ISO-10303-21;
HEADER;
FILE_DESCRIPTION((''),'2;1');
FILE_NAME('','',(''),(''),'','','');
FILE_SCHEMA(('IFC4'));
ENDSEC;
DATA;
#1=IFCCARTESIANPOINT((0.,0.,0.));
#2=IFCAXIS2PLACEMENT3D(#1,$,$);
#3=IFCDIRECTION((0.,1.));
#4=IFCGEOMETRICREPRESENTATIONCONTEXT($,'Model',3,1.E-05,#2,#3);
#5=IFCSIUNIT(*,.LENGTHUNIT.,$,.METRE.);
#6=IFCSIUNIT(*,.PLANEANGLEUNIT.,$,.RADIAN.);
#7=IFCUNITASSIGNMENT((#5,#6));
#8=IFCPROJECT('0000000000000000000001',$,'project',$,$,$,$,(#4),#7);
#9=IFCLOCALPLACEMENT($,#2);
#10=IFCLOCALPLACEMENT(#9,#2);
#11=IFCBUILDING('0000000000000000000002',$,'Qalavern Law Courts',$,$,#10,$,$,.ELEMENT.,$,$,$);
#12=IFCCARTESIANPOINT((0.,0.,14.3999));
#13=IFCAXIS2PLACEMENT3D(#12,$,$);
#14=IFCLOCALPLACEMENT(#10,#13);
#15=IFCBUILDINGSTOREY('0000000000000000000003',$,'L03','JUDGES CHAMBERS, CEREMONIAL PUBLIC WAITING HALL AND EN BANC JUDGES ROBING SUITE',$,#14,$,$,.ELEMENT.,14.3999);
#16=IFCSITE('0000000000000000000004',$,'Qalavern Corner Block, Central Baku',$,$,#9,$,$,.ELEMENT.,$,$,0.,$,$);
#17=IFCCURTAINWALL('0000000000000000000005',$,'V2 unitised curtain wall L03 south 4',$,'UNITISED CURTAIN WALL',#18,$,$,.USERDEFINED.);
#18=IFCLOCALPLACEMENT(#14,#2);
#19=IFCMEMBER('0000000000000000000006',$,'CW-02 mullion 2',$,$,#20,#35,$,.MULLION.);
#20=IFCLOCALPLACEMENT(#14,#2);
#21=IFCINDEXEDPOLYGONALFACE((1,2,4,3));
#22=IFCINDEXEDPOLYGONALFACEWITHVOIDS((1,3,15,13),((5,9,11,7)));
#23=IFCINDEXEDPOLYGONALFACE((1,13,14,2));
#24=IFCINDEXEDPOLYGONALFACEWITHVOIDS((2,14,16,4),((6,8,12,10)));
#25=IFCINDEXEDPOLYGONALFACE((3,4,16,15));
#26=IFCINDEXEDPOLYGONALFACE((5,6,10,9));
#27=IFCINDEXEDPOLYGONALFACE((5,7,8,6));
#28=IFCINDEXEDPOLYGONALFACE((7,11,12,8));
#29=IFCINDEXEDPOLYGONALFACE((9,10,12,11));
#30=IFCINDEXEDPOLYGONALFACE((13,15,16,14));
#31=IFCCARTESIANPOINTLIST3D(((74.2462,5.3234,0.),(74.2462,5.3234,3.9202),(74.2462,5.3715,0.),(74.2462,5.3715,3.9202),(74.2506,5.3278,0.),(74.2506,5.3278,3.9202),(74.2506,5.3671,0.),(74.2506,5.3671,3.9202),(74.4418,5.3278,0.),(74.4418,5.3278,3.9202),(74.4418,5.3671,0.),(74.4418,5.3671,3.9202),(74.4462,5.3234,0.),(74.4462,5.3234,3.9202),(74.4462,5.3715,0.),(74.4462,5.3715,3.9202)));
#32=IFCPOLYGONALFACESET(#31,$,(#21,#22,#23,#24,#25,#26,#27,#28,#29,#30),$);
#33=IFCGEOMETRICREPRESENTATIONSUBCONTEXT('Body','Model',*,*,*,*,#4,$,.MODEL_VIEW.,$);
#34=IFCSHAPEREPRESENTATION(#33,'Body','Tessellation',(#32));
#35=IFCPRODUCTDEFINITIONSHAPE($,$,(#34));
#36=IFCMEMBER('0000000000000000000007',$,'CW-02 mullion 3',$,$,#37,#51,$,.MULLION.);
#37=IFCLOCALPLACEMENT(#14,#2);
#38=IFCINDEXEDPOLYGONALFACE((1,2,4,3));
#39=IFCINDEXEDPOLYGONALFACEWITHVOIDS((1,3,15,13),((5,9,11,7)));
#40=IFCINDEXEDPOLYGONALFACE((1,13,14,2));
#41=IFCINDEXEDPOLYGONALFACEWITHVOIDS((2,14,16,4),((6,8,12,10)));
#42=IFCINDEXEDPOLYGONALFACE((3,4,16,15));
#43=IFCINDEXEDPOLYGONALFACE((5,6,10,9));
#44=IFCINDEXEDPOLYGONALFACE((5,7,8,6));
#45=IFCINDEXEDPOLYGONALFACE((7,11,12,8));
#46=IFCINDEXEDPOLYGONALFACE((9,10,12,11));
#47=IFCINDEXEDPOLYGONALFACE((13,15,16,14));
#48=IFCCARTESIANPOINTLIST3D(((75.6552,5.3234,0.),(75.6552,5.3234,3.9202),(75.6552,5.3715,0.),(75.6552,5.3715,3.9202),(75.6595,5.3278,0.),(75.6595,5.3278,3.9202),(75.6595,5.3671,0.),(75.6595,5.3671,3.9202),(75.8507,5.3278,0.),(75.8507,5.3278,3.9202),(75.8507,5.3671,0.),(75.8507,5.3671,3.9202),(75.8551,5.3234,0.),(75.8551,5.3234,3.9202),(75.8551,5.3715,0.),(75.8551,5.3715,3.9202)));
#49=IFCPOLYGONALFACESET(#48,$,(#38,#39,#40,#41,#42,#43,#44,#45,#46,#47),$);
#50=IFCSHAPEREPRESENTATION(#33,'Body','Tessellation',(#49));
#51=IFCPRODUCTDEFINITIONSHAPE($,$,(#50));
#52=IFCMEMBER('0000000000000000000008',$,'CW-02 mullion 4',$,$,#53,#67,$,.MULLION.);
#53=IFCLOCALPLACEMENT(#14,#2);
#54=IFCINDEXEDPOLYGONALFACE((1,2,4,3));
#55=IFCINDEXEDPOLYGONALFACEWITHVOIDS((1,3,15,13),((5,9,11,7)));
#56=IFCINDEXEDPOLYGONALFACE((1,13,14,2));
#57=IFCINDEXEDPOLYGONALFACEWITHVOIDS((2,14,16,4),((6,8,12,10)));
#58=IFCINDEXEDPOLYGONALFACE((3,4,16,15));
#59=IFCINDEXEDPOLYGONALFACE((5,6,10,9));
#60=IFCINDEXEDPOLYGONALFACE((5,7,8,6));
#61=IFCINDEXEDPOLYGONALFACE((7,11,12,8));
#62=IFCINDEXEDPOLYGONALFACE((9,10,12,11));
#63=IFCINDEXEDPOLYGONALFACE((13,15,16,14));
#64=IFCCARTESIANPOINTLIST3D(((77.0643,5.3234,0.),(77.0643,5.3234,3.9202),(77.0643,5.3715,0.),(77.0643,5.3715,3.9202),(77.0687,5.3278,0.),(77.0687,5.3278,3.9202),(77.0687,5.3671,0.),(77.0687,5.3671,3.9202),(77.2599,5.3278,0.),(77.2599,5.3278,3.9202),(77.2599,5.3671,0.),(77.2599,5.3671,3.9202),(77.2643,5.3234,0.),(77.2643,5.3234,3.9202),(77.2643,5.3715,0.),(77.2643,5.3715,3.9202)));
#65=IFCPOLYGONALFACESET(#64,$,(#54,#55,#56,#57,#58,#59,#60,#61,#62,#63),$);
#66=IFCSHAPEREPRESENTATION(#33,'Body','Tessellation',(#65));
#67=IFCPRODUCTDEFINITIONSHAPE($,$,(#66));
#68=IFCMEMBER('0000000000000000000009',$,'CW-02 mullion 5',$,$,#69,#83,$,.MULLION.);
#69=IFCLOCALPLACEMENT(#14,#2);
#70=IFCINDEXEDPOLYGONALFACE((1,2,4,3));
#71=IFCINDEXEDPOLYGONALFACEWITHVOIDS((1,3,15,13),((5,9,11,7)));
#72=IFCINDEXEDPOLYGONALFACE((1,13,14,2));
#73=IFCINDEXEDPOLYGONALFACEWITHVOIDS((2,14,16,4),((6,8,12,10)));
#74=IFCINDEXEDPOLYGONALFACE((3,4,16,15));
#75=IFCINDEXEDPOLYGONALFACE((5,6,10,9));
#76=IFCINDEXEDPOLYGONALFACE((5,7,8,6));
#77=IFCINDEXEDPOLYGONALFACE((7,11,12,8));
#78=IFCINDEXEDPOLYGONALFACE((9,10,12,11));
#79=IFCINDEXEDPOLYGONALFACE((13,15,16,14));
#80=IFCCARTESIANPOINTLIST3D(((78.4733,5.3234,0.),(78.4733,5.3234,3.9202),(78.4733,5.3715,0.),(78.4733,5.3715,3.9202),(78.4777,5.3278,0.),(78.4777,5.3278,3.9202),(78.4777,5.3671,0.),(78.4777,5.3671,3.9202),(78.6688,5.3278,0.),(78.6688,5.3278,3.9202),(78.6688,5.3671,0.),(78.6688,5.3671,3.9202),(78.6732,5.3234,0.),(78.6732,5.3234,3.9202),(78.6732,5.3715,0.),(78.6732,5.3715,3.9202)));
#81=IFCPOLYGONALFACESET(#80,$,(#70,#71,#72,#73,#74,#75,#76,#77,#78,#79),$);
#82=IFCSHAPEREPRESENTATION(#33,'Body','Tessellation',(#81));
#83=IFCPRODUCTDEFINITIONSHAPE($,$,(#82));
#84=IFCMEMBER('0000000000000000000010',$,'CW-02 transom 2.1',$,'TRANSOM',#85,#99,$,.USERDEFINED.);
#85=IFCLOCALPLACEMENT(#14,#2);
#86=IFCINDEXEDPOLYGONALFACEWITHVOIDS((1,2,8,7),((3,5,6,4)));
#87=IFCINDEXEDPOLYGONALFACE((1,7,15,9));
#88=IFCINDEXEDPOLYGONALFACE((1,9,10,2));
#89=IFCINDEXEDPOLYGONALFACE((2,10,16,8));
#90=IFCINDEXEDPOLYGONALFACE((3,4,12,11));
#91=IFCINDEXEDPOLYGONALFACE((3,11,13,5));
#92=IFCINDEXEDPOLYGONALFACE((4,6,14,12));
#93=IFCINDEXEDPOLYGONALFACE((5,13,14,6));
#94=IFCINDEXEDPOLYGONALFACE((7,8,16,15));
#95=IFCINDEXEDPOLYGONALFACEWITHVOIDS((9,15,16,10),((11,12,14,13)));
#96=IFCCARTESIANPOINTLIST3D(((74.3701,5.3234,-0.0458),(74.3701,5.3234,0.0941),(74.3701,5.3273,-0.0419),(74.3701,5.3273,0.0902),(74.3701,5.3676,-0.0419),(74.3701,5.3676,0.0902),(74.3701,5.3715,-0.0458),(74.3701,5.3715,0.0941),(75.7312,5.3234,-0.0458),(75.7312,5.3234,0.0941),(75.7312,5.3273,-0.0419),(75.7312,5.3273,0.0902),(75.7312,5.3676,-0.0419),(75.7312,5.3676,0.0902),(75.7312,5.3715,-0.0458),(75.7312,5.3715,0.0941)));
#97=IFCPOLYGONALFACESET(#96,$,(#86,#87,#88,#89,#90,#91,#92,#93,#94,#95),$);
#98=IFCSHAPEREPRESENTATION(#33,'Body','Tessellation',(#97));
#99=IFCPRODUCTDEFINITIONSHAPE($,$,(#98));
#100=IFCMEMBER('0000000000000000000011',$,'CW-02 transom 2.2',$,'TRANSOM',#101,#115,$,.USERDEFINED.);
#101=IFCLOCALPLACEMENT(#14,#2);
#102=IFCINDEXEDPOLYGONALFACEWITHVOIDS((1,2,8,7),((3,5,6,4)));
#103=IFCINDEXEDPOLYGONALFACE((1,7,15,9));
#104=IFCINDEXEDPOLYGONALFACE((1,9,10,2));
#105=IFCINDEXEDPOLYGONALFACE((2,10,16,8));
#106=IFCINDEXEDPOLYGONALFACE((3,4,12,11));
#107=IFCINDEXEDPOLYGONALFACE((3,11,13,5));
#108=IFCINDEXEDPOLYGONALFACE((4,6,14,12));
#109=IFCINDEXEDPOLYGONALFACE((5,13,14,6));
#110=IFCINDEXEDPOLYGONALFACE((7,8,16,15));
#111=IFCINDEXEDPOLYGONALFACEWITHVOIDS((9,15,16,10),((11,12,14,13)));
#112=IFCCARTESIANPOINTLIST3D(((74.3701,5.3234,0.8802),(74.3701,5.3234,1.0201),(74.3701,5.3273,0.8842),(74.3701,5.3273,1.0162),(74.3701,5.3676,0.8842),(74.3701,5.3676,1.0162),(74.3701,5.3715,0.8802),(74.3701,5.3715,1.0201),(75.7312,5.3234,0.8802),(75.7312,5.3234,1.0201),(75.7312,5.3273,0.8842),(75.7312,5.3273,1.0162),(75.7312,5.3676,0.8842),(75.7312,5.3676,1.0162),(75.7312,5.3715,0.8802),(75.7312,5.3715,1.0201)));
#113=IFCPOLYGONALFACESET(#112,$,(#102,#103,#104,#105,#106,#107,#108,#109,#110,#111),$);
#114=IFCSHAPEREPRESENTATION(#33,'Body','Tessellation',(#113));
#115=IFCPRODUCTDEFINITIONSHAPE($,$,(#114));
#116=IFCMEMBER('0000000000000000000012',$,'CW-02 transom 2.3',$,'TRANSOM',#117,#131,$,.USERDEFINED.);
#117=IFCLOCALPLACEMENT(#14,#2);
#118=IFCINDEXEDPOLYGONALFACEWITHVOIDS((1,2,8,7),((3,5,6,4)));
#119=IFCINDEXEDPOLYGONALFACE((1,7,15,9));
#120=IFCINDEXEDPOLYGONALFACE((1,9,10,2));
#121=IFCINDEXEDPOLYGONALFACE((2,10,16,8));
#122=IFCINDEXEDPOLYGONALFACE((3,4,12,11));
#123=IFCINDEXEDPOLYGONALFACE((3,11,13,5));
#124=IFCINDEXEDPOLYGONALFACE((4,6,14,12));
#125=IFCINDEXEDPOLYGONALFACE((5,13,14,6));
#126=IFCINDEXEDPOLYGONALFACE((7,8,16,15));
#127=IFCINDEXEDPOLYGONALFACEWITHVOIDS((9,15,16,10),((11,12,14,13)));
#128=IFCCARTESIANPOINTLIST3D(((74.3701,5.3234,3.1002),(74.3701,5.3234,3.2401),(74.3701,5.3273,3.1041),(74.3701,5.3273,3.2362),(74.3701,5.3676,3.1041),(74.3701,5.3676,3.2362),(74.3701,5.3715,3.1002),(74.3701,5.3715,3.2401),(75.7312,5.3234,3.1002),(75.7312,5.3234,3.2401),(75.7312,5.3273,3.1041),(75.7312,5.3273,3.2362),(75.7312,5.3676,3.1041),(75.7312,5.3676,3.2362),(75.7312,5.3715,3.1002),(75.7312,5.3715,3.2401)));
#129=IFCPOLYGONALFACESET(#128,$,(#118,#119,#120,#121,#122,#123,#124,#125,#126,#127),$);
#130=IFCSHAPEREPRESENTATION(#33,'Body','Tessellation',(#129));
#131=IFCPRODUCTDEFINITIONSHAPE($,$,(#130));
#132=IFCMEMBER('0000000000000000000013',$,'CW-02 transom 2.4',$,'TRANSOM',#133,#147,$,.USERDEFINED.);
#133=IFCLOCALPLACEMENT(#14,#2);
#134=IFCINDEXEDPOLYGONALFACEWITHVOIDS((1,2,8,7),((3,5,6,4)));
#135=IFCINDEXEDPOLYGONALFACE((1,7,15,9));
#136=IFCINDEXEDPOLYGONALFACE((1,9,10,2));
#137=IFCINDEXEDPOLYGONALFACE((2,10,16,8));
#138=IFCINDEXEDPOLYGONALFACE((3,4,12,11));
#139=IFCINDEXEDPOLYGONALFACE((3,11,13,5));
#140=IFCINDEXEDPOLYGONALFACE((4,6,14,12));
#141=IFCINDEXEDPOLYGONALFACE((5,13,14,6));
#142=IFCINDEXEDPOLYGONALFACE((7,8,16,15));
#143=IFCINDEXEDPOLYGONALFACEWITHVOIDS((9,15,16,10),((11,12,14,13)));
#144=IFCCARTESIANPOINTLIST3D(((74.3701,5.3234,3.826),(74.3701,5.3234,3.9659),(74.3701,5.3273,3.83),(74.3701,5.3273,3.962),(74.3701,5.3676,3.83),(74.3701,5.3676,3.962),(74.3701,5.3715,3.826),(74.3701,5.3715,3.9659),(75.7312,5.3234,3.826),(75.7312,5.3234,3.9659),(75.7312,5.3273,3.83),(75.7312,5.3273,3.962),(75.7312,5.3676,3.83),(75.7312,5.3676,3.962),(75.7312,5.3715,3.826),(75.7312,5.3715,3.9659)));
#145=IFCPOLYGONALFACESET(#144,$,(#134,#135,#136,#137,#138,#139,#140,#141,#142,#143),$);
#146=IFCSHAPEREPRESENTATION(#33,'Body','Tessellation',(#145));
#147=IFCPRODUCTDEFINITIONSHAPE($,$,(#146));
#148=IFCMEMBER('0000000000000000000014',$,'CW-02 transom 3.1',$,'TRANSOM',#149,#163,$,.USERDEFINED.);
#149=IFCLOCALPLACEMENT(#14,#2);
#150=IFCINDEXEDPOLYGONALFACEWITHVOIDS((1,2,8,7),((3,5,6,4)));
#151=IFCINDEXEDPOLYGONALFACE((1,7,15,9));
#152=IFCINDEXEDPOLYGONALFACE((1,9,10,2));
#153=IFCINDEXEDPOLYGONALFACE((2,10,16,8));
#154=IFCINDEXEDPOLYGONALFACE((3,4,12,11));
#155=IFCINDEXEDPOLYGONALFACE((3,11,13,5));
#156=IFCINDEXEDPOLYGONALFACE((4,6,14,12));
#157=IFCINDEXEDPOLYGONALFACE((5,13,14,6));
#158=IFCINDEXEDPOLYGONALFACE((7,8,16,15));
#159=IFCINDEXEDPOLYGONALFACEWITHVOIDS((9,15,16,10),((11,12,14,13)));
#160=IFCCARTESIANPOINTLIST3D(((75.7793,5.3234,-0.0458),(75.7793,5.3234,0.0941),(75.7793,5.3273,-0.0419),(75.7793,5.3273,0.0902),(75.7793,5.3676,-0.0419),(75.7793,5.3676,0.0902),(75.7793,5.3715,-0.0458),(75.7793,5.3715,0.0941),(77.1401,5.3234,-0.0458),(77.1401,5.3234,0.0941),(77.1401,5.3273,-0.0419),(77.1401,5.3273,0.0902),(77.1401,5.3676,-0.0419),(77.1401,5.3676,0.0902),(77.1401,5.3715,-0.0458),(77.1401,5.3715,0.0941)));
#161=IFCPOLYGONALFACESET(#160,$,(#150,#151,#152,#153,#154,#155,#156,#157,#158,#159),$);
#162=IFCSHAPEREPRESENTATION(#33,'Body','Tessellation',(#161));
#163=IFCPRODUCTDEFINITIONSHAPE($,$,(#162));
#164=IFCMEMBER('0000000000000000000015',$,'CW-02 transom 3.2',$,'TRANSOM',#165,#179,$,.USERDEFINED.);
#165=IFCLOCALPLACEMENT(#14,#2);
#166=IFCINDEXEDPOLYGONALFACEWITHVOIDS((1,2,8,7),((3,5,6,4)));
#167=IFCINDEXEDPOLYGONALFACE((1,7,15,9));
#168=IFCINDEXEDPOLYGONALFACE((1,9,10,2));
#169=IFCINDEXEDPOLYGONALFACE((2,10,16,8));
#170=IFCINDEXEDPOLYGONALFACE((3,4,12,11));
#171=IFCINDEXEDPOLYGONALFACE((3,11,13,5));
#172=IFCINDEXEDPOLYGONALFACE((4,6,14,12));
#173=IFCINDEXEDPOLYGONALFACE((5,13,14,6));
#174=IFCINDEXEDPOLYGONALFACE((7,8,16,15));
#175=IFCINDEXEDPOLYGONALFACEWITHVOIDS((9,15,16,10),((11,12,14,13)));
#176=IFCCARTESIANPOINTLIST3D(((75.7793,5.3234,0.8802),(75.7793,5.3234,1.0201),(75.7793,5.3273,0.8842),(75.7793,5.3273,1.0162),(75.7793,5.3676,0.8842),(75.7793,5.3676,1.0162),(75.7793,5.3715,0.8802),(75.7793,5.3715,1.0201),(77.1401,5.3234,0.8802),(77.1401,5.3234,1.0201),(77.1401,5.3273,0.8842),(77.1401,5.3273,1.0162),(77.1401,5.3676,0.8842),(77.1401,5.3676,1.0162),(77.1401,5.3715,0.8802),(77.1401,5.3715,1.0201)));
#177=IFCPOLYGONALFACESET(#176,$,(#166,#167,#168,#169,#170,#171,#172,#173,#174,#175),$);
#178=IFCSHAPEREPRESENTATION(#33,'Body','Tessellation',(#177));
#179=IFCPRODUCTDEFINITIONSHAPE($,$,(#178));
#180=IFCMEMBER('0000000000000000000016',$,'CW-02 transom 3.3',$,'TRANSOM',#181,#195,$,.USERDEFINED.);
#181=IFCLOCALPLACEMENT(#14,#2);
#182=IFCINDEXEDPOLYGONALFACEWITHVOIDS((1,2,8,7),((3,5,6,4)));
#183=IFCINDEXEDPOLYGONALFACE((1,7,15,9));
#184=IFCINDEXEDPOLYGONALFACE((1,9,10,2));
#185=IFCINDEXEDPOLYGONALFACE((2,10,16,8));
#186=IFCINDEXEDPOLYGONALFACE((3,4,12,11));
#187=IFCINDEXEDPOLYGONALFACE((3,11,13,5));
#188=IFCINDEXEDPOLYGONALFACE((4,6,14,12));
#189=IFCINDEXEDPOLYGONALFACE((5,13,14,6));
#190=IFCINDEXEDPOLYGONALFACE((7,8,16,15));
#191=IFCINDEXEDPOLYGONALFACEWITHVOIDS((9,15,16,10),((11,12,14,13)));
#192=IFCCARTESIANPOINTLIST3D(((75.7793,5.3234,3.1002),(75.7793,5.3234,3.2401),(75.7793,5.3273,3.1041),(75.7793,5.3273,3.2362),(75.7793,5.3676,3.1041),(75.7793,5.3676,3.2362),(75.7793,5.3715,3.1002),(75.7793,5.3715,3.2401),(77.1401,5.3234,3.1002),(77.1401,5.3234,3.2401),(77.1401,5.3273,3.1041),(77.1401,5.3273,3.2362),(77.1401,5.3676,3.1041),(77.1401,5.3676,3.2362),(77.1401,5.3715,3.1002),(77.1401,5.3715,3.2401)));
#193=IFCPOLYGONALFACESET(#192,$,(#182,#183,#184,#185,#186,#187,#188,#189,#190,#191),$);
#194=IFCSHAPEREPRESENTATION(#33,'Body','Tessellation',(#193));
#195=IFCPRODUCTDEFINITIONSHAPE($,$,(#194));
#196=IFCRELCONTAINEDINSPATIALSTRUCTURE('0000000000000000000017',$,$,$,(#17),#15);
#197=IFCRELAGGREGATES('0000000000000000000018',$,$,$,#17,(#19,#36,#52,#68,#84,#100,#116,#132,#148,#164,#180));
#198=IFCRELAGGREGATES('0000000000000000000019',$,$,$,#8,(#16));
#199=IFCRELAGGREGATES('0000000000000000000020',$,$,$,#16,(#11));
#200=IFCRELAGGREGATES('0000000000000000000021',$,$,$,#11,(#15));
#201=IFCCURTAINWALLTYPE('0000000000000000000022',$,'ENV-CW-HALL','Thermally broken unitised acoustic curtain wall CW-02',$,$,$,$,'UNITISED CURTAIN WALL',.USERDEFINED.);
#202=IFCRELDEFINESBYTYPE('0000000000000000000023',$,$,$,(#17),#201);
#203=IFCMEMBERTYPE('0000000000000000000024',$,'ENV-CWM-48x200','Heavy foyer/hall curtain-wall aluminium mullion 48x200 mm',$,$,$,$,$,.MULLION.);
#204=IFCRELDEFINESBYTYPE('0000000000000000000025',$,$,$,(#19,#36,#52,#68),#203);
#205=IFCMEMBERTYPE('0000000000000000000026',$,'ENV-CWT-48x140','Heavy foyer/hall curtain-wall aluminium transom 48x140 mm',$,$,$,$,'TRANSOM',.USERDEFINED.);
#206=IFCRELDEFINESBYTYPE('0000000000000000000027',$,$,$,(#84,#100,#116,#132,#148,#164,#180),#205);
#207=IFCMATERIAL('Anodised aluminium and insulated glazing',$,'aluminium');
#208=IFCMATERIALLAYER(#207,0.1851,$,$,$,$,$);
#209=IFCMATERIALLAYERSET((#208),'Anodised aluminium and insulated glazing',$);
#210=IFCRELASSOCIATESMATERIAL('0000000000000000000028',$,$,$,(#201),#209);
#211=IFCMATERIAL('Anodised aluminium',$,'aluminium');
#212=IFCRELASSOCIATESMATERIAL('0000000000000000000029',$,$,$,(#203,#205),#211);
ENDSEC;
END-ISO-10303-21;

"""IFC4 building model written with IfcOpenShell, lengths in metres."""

from ifc_helpers import new_model, si_unit, direction, frame, origin, origin_2d, place, context, subcontext, project, spatial, hollow_rectangle, extrude, material, layer, layer_set, material_profile, profile_set, type_object, element, aggregate, save


model = new_model("IFC4")

# Units and contexts
model_context = context("Model", 3, precision=1e-05, world=origin(), true_north=direction((0.0, 1.0)))
body_context = subcontext(model_context, "Body", "Model", "MODEL_VIEW")
ifc_project = project(units=[si_unit("LENGTHUNIT", "METRE"), si_unit("PLANEANGLEUNIT", "RADIAN")], contexts=[model_context])

# Site, building, storey
site_placement = place(None, origin())
site = spatial("IfcSite", under=ifc_project, at=site_placement, Name="Qalavern Corner Block, Central Baku", CompositionType="ELEMENT", RefElevation=0.0)
building_placement = place(site_placement, origin())
building = spatial("IfcBuilding", under=site, at=building_placement, Name="Qalavern Law Courts", CompositionType="ELEMENT")
storey_placement = place(building_placement, frame((0.0, 0.0, 14.3999)))
storey = spatial("IfcBuildingStorey", under=building, at=storey_placement, Name="L03", Description="JUDGES CHAMBERS, CEREMONIAL PUBLIC WAITING HALL AND EN BANC JUDGES ROBING SUITE", CompositionType="ELEMENT", Elevation=14.3999)

# Curtain wall, members
ifc_material_1 = material(Name="Anodised aluminium and insulated glazing", Category="aluminium")
ifc_layer_1 = layer(ifc_material_1, 0.1851)
ifc_layer_set_1 = layer_set([ifc_layer_1], Name="Anodised aluminium and insulated glazing")
curtain_wall_type = type_object("IfcCurtainWallType", Name="ENV-CW-HALL", Description="Thermally broken unitised acoustic curtain wall CW-02", ElementType="UNITISED CURTAIN WALL", PredefinedType="USERDEFINED", material=ifc_layer_set_1)
curtain_wall_placement = place(storey_placement, origin())
curtain_wall = element("IfcCurtainWall", 1, at=curtain_wall_placement, inside=storey, type_object=curtain_wall_type, Name="V2 unitised curtain wall L03 south 4", ObjectType="UNITISED CURTAIN WALL", PredefinedType="USERDEFINED")
ifc_material_2 = material(Name="Anodised aluminium", Category="aluminium")
ifc_material_profile_1 = material_profile(ifc_material_2, hollow_rectangle(XDim=0.0481, YDim=0.2, WallThickness=0.0044, at=origin_2d()), Name="ALU MULLION 48x200")
ifc_profile_set_1 = profile_set([ifc_material_profile_1], Name="Anodised aluminium")
member_type_1 = type_object("IfcMemberType", Name="ENV-CWM-48x200", Description="Heavy foyer/hall curtain-wall aluminium mullion 48x200 mm", PredefinedType="MULLION", material=ifc_profile_set_1)
member_1_placement = place(storey_placement, frame((74.3462, 5.3474, 0.0), z_axis=(0.0, 0.0, 1.0), x_axis=(0.0, 1.0, 0.0)))
member_1 = element("IfcMember", 2, at=member_1_placement, type_object=member_type_1, Name="CW-02 mullion 2", PredefinedType="MULLION", context=body_context, shape_type="SweptSolid", body=[
    extrude(hollow_rectangle(XDim=0.0481, YDim=0.2, WallThickness=0.0044, at=origin_2d()), origin(), (0.0, 0.0, 1.0), 3.9202),
])
member_2_placement = place(storey_placement, frame((75.7551, 5.3474, 0.0), z_axis=(0.0, 0.0, 1.0), x_axis=(0.0, 1.0, 0.0)))
member_2 = element("IfcMember", 3, at=member_2_placement, type_object=member_type_1, Name="CW-02 mullion 3", PredefinedType="MULLION", context=body_context, shape_type="SweptSolid", body=[
    extrude(hollow_rectangle(XDim=0.0481, YDim=0.2, WallThickness=0.0044, at=origin_2d()), origin(), (0.0, 0.0, 1.0), 3.9202),
])
member_3_placement = place(storey_placement, frame((77.1643, 5.3474, 0.0), z_axis=(0.0, 0.0, 1.0), x_axis=(0.0, 1.0, 0.0)))
member_3 = element("IfcMember", 4, at=member_3_placement, type_object=member_type_1, Name="CW-02 mullion 4", PredefinedType="MULLION", context=body_context, shape_type="SweptSolid", body=[
    extrude(hollow_rectangle(XDim=0.0481, YDim=0.2, WallThickness=0.0044, at=origin_2d()), origin(), (0.0, 0.0, 1.0), 3.9202),
])
member_4_placement = place(storey_placement, frame((78.5732, 5.3474, 0.0), z_axis=(0.0, 0.0, 1.0), x_axis=(0.0, 1.0, 0.0)))
member_4 = element("IfcMember", 5, at=member_4_placement, type_object=member_type_1, Name="CW-02 mullion 5", PredefinedType="MULLION", context=body_context, shape_type="SweptSolid", body=[
    extrude(hollow_rectangle(XDim=0.0481, YDim=0.2, WallThickness=0.0044, at=origin_2d()), origin(), (0.0, 0.0, 1.0), 3.9202),
])
ifc_material_profile_2 = material_profile(ifc_material_2, hollow_rectangle(XDim=0.0481, YDim=0.1399, WallThickness=0.0039, at=origin_2d()), Name="ALU TRANSOM 48x140")
ifc_profile_set_2 = profile_set([ifc_material_profile_2], Name="Anodised aluminium")
member_type_2 = type_object("IfcMemberType", Name="ENV-CWT-48x140", Description="Heavy foyer/hall curtain-wall aluminium transom 48x140 mm", ElementType="TRANSOM", PredefinedType="USERDEFINED", material=ifc_profile_set_2)
member_5_placement = place(storey_placement, frame((74.3701, 5.3474, 0.0242), z_axis=(1.0, 0.0, 0.0), x_axis=(0.0, 1.0, 0.0)))
member_5 = element("IfcMember", 6, at=member_5_placement, type_object=member_type_2, Name="CW-02 transom 2.1", ObjectType="TRANSOM", PredefinedType="USERDEFINED", context=body_context, shape_type="SweptSolid", body=[
    extrude(hollow_rectangle(XDim=0.0481, YDim=0.1399, WallThickness=0.0039, at=origin_2d()), origin(), (0.0, 0.0, 1.0), 1.3611),
])
member_6_placement = place(storey_placement, frame((74.3701, 5.3474, 0.9502), z_axis=(1.0, 0.0, 0.0), x_axis=(0.0, 1.0, 0.0)))
member_6 = element("IfcMember", 7, at=member_6_placement, type_object=member_type_2, Name="CW-02 transom 2.2", ObjectType="TRANSOM", PredefinedType="USERDEFINED", context=body_context, shape_type="SweptSolid", body=[
    extrude(hollow_rectangle(XDim=0.0481, YDim=0.1399, WallThickness=0.0039, at=origin_2d()), origin(), (0.0, 0.0, 1.0), 1.3611),
])
member_7_placement = place(storey_placement, frame((74.3701, 5.3474, 3.1702), z_axis=(1.0, 0.0, 0.0), x_axis=(0.0, 1.0, 0.0)))
member_7 = element("IfcMember", 8, at=member_7_placement, type_object=member_type_2, Name="CW-02 transom 2.3", ObjectType="TRANSOM", PredefinedType="USERDEFINED", context=body_context, shape_type="SweptSolid", body=[
    extrude(hollow_rectangle(XDim=0.0481, YDim=0.1399, WallThickness=0.0039, at=origin_2d()), origin(), (0.0, 0.0, 1.0), 1.3611),
])
member_8_placement = place(storey_placement, frame((74.3701, 5.3474, 3.896), z_axis=(1.0, 0.0, 0.0), x_axis=(0.0, 1.0, 0.0)))
member_8 = element("IfcMember", 9, at=member_8_placement, type_object=member_type_2, Name="CW-02 transom 2.4", ObjectType="TRANSOM", PredefinedType="USERDEFINED", context=body_context, shape_type="SweptSolid", body=[
    extrude(hollow_rectangle(XDim=0.0481, YDim=0.1399, WallThickness=0.0039, at=origin_2d()), origin(), (0.0, 0.0, 1.0), 1.3611),
])
member_9_placement = place(storey_placement, frame((75.7793, 5.3474, 0.0242), z_axis=(1.0, 0.0, 0.0), x_axis=(0.0, 1.0, 0.0)))
member_9 = element("IfcMember", 10, at=member_9_placement, type_object=member_type_2, Name="CW-02 transom 3.1", ObjectType="TRANSOM", PredefinedType="USERDEFINED", context=body_context, shape_type="SweptSolid", body=[
    extrude(hollow_rectangle(XDim=0.0481, YDim=0.1399, WallThickness=0.0039, at=origin_2d()), origin(), (0.0, 0.0, 1.0), 1.3608),
])
member_10_placement = place(storey_placement, frame((75.7793, 5.3474, 0.9502), z_axis=(1.0, 0.0, 0.0), x_axis=(0.0, 1.0, 0.0)))
member_10 = element("IfcMember", 11, at=member_10_placement, type_object=member_type_2, Name="CW-02 transom 3.2", ObjectType="TRANSOM", PredefinedType="USERDEFINED", context=body_context, shape_type="SweptSolid", body=[
    extrude(hollow_rectangle(XDim=0.0481, YDim=0.1399, WallThickness=0.0039, at=origin_2d()), origin(), (0.0, 0.0, 1.0), 1.3608),
])
member_11_placement = place(storey_placement, frame((75.7793, 5.3474, 3.1702), z_axis=(1.0, 0.0, 0.0), x_axis=(0.0, 1.0, 0.0)))
member_11 = element("IfcMember", 12, at=member_11_placement, type_object=member_type_2, Name="CW-02 transom 3.3", ObjectType="TRANSOM", PredefinedType="USERDEFINED", context=body_context, shape_type="SweptSolid", body=[
    extrude(hollow_rectangle(XDim=0.0481, YDim=0.1399, WallThickness=0.0039, at=origin_2d()), origin(), (0.0, 0.0, 1.0), 1.3608),
])
aggregate(curtain_wall, [member_1, member_2, member_3, member_4, member_5, member_6, member_7, member_8, member_9, member_10, member_11])

save(model, "model.ifc")
